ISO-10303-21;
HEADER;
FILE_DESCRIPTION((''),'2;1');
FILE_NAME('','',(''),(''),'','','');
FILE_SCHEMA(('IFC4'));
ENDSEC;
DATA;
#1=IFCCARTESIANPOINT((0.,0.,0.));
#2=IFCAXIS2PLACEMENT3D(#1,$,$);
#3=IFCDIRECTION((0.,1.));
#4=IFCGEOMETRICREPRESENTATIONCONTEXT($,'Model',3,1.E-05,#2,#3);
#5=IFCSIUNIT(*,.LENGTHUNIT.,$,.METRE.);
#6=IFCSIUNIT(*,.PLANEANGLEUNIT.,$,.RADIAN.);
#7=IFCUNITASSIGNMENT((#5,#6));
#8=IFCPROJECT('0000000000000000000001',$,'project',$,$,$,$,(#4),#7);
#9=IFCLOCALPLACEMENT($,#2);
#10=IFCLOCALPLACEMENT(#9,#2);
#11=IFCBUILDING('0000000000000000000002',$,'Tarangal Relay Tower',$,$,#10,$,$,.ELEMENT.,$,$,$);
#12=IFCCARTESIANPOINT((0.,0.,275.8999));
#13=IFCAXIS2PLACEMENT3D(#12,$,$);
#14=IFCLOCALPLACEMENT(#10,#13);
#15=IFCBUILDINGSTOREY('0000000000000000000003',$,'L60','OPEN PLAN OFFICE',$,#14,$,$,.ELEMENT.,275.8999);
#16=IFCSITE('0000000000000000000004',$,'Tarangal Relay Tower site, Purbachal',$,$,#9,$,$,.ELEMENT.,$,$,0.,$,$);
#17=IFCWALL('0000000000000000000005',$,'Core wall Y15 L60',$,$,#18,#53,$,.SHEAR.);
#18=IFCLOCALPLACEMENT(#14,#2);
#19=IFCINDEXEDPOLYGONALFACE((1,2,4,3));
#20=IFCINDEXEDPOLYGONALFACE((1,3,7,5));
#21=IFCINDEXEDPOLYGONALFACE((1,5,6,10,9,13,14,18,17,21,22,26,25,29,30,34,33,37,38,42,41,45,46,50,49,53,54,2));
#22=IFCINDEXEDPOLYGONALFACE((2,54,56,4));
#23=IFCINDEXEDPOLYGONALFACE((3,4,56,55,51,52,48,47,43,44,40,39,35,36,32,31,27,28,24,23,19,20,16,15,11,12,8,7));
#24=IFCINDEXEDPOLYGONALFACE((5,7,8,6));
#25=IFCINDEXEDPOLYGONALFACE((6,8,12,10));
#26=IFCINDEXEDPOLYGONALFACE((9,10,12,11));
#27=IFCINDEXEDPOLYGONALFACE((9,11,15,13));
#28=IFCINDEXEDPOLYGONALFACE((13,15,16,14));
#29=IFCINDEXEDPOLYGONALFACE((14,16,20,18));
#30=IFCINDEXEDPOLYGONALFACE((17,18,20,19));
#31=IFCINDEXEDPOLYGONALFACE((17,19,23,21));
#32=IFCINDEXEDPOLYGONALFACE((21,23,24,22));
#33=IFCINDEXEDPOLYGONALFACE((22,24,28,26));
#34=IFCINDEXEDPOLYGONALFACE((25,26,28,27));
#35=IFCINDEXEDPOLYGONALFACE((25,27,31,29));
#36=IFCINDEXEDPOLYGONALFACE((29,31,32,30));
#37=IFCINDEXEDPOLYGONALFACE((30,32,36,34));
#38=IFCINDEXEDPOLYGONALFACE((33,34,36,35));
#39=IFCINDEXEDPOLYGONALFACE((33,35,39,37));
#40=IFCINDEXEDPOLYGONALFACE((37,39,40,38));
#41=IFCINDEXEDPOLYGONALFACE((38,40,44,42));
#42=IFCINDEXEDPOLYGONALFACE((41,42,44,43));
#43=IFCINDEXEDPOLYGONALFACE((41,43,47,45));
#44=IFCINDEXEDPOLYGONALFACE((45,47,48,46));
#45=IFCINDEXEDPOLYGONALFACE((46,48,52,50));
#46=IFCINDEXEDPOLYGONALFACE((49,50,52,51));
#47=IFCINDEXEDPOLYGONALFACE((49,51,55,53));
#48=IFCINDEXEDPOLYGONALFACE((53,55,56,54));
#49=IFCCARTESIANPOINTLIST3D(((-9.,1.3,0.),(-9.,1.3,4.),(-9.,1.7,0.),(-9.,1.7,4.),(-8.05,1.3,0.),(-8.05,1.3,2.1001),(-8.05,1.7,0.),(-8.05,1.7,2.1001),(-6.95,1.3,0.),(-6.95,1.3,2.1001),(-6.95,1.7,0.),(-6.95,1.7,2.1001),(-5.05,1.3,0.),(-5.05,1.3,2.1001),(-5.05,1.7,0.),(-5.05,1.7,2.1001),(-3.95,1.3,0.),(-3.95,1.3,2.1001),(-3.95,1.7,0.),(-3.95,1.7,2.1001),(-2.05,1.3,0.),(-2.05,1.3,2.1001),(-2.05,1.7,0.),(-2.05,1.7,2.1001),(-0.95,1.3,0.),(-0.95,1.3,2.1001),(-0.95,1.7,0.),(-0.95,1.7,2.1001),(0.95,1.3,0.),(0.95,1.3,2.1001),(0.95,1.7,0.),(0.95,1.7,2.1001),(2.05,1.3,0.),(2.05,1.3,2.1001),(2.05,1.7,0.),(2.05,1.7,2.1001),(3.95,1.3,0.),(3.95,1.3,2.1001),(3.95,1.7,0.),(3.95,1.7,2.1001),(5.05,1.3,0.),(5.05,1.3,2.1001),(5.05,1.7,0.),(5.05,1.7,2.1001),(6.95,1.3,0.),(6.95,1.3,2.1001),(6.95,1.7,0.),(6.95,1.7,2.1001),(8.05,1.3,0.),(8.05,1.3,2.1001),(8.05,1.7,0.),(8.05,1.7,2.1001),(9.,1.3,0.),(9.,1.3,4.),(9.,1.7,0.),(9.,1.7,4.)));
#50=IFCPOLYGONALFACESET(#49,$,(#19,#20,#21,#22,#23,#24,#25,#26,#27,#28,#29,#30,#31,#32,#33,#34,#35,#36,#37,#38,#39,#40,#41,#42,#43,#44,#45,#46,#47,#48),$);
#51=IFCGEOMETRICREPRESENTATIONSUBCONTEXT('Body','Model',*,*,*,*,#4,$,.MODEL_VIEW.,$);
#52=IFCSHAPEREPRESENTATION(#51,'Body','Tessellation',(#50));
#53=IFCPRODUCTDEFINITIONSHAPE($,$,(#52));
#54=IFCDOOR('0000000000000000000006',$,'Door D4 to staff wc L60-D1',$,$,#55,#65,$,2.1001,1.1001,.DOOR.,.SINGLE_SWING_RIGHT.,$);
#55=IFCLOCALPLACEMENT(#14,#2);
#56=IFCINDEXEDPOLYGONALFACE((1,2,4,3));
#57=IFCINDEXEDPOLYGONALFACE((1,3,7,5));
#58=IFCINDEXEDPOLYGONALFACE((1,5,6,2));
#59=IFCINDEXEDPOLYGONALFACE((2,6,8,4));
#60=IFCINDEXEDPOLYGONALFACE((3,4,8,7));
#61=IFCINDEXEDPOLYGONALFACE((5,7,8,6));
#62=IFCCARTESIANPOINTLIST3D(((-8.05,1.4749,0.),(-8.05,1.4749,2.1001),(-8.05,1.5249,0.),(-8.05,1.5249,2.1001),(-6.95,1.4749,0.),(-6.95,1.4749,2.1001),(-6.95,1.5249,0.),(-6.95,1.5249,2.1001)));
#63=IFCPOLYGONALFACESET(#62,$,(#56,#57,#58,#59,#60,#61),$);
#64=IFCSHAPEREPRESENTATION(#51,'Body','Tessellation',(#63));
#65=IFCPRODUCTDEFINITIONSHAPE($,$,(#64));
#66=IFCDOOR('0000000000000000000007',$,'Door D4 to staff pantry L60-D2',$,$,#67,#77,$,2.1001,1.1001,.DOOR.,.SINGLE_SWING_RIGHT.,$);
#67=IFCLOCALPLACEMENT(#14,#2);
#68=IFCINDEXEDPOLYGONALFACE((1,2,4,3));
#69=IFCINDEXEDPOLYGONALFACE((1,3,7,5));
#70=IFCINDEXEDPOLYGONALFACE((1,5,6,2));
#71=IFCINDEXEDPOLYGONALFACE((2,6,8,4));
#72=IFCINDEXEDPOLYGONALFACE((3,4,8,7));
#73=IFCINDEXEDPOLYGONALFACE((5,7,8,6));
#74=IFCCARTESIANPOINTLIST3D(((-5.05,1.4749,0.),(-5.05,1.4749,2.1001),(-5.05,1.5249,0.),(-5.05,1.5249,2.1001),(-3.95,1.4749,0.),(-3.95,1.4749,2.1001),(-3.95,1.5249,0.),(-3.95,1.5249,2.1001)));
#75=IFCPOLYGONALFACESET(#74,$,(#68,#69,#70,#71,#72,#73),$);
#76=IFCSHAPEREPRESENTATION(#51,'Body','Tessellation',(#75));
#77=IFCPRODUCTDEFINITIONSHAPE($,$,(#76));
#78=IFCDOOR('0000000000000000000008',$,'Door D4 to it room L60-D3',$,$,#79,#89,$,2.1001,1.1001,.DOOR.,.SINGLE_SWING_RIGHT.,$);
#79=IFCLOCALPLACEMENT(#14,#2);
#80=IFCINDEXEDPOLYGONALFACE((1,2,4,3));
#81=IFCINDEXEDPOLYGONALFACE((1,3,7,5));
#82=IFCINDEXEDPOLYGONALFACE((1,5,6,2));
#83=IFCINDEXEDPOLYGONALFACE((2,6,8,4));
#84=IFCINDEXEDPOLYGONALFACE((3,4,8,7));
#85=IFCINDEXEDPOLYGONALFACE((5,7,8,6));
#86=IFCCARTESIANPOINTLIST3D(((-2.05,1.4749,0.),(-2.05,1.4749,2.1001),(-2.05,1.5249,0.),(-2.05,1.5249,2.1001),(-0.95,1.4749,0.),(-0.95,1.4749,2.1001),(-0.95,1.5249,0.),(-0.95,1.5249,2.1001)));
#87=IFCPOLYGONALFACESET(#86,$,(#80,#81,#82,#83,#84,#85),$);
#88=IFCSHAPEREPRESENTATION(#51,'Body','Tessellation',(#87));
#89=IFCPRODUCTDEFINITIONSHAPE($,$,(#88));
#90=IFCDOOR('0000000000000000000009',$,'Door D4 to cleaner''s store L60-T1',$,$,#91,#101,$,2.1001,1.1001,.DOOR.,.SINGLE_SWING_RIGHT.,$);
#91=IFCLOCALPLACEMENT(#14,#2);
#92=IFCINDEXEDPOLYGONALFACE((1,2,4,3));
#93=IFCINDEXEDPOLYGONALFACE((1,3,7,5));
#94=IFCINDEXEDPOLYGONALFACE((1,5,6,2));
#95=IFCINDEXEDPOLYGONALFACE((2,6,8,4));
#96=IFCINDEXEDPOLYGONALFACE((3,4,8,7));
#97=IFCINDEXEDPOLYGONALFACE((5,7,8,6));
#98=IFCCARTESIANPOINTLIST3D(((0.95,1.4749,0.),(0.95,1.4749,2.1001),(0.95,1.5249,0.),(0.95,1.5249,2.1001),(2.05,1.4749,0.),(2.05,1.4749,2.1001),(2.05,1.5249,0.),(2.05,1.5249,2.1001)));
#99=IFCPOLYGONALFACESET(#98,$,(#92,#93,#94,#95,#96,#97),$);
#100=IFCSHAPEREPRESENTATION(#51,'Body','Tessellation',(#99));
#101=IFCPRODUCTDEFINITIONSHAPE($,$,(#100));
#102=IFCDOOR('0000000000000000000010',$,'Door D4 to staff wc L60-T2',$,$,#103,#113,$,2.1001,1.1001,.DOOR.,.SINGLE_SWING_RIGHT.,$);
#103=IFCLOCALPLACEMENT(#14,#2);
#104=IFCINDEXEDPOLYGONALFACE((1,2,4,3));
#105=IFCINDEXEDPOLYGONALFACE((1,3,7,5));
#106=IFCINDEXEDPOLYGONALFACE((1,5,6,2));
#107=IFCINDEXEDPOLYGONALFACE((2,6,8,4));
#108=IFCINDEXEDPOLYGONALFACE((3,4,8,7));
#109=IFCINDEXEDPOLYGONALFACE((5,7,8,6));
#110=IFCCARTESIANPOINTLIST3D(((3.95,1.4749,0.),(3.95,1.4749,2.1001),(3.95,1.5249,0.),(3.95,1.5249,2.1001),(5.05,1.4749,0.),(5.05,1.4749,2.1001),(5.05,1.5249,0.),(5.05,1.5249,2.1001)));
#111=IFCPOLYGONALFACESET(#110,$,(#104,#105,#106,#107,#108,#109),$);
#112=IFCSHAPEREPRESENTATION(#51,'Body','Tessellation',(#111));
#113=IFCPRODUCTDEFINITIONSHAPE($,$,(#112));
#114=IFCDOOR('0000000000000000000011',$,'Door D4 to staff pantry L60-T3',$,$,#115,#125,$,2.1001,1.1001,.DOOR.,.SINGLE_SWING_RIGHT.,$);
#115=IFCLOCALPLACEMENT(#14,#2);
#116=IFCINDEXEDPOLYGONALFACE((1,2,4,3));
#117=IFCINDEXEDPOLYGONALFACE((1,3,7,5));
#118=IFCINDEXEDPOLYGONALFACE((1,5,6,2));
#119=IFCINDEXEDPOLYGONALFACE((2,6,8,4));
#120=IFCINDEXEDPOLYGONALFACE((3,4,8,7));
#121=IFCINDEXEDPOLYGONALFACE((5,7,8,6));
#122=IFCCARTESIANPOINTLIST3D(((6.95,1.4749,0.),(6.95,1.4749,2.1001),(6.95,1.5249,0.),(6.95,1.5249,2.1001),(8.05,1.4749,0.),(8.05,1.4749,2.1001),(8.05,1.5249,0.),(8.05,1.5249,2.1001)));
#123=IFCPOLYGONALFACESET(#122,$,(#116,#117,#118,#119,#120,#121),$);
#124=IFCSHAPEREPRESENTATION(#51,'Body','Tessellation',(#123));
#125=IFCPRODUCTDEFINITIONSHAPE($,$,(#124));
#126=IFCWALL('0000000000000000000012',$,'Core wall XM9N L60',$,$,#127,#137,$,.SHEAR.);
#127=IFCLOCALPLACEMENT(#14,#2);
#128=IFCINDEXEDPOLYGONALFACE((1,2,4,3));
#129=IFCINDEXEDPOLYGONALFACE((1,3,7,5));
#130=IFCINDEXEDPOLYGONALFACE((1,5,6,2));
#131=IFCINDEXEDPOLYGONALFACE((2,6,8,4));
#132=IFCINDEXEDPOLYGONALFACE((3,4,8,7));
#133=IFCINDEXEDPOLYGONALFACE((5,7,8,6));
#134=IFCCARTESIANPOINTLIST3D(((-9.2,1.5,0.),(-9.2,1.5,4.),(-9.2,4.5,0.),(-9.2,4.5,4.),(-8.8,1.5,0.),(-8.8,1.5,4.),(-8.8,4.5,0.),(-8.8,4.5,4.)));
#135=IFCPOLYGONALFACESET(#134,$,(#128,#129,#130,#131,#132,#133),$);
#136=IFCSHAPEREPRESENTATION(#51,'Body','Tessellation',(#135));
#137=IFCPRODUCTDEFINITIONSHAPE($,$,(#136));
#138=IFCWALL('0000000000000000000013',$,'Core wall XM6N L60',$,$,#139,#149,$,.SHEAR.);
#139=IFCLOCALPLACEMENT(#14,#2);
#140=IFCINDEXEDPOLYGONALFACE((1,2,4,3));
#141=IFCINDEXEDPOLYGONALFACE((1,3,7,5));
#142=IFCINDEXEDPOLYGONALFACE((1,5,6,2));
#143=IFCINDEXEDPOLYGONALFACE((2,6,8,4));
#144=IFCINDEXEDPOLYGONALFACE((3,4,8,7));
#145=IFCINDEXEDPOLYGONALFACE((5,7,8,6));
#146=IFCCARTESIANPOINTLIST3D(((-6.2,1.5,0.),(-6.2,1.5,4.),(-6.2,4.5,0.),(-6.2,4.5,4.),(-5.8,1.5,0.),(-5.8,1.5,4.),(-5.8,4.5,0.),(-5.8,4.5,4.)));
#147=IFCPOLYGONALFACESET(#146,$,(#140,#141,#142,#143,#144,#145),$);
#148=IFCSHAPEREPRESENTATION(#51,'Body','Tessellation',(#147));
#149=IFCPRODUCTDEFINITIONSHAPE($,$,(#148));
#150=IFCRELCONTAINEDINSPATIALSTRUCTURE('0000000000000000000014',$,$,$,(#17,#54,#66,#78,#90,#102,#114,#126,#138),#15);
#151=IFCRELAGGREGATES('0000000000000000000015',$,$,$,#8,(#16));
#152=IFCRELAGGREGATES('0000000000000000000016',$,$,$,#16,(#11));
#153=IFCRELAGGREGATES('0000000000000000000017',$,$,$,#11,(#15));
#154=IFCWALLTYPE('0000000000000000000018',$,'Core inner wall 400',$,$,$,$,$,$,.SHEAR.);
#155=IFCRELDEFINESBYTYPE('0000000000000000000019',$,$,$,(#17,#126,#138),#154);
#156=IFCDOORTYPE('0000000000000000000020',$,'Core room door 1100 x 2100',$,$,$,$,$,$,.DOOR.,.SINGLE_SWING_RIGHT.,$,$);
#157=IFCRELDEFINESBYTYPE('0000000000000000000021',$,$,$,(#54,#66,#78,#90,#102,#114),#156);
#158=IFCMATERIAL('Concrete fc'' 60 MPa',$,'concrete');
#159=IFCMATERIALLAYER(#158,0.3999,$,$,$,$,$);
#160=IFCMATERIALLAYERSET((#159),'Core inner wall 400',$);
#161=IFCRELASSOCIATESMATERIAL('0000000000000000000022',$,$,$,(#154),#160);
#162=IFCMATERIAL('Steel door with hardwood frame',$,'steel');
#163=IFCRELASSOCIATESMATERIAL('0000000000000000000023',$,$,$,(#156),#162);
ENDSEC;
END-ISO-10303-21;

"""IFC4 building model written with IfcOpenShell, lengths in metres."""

from ifc_helpers import new_model, si_unit, direction, frame, frame_2d, origin, place, context, subcontext, project, spatial, rectangle, extrude, material, layer, layer_set, type_object, element, fill, save


model = new_model("IFC4")

# Units and contexts
model_context = context("Model", 3, precision=1e-05, world=origin(), true_north=direction((0.0, 1.0)))
body_context = subcontext(model_context, "Body", "Model", "MODEL_VIEW")
ifc_project = project(units=[si_unit("LENGTHUNIT", "METRE"), si_unit("PLANEANGLEUNIT", "RADIAN")], contexts=[model_context])

# Site, building, storey
site_placement = place(None, origin())
site = spatial("IfcSite", under=ifc_project, at=site_placement, Name="Tarangal Relay Tower site, Purbachal", CompositionType="ELEMENT", RefElevation=0.0)
building_placement = place(site_placement, origin())
building = spatial("IfcBuilding", under=site, at=building_placement, Name="Tarangal Relay Tower", CompositionType="ELEMENT")
storey_placement = place(building_placement, frame((0.0, 0.0, 275.8999)))
storey = spatial("IfcBuildingStorey", under=building, at=storey_placement, Name="L60", Description="OPEN PLAN OFFICE", CompositionType="ELEMENT", Elevation=275.8999)

# Wall, openings, doors
ifc_material_1 = material(Name="Concrete fc' 60 MPa", Category="concrete")
ifc_layer = layer(ifc_material_1, 0.3999)
ifc_layer_set = layer_set([ifc_layer], Name="Core inner wall 400")
wall_type = type_object("IfcWallType", Name="Core inner wall 400", PredefinedType="SHEAR", material=ifc_layer_set)
wall_1_placement = place(storey_placement, frame((-9.0, 1.5, 0.0), z_axis=(0.0, 0.0, 1.0), x_axis=(1.0, 0.0, 0.0)))
wall_1 = element("IfcWall", 1, at=wall_1_placement, inside=storey, type_object=wall_type, Name="Core wall Y15 L60", PredefinedType="SHEAR", context=body_context, shape_type="SweptSolid", body=[
    extrude(rectangle(XDim=18.0, YDim=0.3999, at=frame_2d((9.0, 0.0))), origin(), (0.0, 0.0, 1.0), 4.0),
])
opening_1_placement = place(wall_1_placement, frame((0.95, 0.0, 0.0)))
opening_1 = element("IfcOpeningElement", 2, at=opening_1_placement, cuts=wall_1, PredefinedType="OPENING", context=body_context, shape_type="SweptSolid", body=[
    extrude(rectangle(XDim=1.1001, YDim=2.1001, at=frame_2d((0.55, 1.05))), frame((0.0, 0.21, 0.0), z_axis=(0.0, -1.0, 0.0), x_axis=(1.0, 0.0, 0.0)), (0.0, 0.0, 1.0), 0.4199),
])
opening_2_placement = place(wall_1_placement, frame((3.95, 0.0, 0.0)))
opening_2 = element("IfcOpeningElement", 3, at=opening_2_placement, cuts=wall_1, PredefinedType="OPENING", context=body_context, shape_type="SweptSolid", body=[
    extrude(rectangle(XDim=1.1001, YDim=2.1001, at=frame_2d((0.55, 1.05))), frame((0.0, 0.21, 0.0), z_axis=(0.0, -1.0, 0.0), x_axis=(1.0, 0.0, 0.0)), (0.0, 0.0, 1.0), 0.4199),
])
opening_3_placement = place(wall_1_placement, frame((6.95, 0.0, 0.0)))
opening_3 = element("IfcOpeningElement", 4, at=opening_3_placement, cuts=wall_1, PredefinedType="OPENING", context=body_context, shape_type="SweptSolid", body=[
    extrude(rectangle(XDim=1.1001, YDim=2.1001, at=frame_2d((0.55, 1.05))), frame((0.0, 0.21, 0.0), z_axis=(0.0, -1.0, 0.0), x_axis=(1.0, 0.0, 0.0)), (0.0, 0.0, 1.0), 0.4199),
])
opening_4_placement = place(wall_1_placement, frame((9.95, 0.0, 0.0)))
opening_4 = element("IfcOpeningElement", 5, at=opening_4_placement, cuts=wall_1, PredefinedType="OPENING", context=body_context, shape_type="SweptSolid", body=[
    extrude(rectangle(XDim=1.1001, YDim=2.1001, at=frame_2d((0.55, 1.05))), frame((0.0, 0.21, 0.0), z_axis=(0.0, -1.0, 0.0), x_axis=(1.0, 0.0, 0.0)), (0.0, 0.0, 1.0), 0.4199),
])
opening_5_placement = place(wall_1_placement, frame((12.95, 0.0, 0.0)))
opening_5 = element("IfcOpeningElement", 6, at=opening_5_placement, cuts=wall_1, PredefinedType="OPENING", context=body_context, shape_type="SweptSolid", body=[
    extrude(rectangle(XDim=1.1001, YDim=2.1001, at=frame_2d((0.55, 1.05))), frame((0.0, 0.21, 0.0), z_axis=(0.0, -1.0, 0.0), x_axis=(1.0, 0.0, 0.0)), (0.0, 0.0, 1.0), 0.4199),
])
opening_6_placement = place(wall_1_placement, frame((15.95, 0.0, 0.0)))
opening_6 = element("IfcOpeningElement", 7, at=opening_6_placement, cuts=wall_1, PredefinedType="OPENING", context=body_context, shape_type="SweptSolid", body=[
    extrude(rectangle(XDim=1.1001, YDim=2.1001, at=frame_2d((0.55, 1.05))), frame((0.0, 0.21, 0.0), z_axis=(0.0, -1.0, 0.0), x_axis=(1.0, 0.0, 0.0)), (0.0, 0.0, 1.0), 0.4199),
])
ifc_material_2 = material(Name="Steel door with hardwood frame", Category="steel")
door_type_1 = type_object("IfcDoorType", Name="Core room door 1100 x 2100", OperationType="SINGLE_SWING_RIGHT", PredefinedType="DOOR", material=ifc_material_2)
door_1_placement = place(opening_1_placement, origin())
door_1 = element("IfcDoor", 8, at=door_1_placement, inside=storey, type_object=door_type_1, Name="Door D4 to staff wc L60-D1", OperationType="SINGLE_SWING_RIGHT", OverallHeight=2.1001, OverallWidth=1.1001, PredefinedType="DOOR", context=body_context, shape_type="SweptSolid", body=[
    extrude(rectangle(XDim=1.1001, YDim=2.1001, at=frame_2d((0.55, 1.05))), frame((0.0, 0.0249, 0.0), z_axis=(0.0, -1.0, 0.0), x_axis=(1.0, 0.0, 0.0)), (0.0, 0.0, 1.0), 0.05),
])
fill(opening_1, door_1)
door_2_placement = place(opening_2_placement, origin())
door_2 = element("IfcDoor", 9, at=door_2_placement, inside=storey, type_object=door_type_1, Name="Door D4 to staff pantry L60-D2", OperationType="SINGLE_SWING_RIGHT", OverallHeight=2.1001, OverallWidth=1.1001, PredefinedType="DOOR", context=body_context, shape_type="SweptSolid", body=[
    extrude(rectangle(XDim=1.1001, YDim=2.1001, at=frame_2d((0.55, 1.05))), frame((0.0, 0.0249, 0.0), z_axis=(0.0, -1.0, 0.0), x_axis=(1.0, 0.0, 0.0)), (0.0, 0.0, 1.0), 0.05),
])
fill(opening_2, door_2)
door_3_placement = place(opening_3_placement, origin())
door_3 = element("IfcDoor", 10, at=door_3_placement, inside=storey, type_object=door_type_1, Name="Door D4 to it room L60-D3", OperationType="SINGLE_SWING_RIGHT", OverallHeight=2.1001, OverallWidth=1.1001, PredefinedType="DOOR", context=body_context, shape_type="SweptSolid", body=[
    extrude(rectangle(XDim=1.1001, YDim=2.1001, at=frame_2d((0.55, 1.05))), frame((0.0, 0.0249, 0.0), z_axis=(0.0, -1.0, 0.0), x_axis=(1.0, 0.0, 0.0)), (0.0, 0.0, 1.0), 0.05),
])
fill(opening_3, door_3)
door_4_placement = place(opening_4_placement, origin())
door_4 = element("IfcDoor", 11, at=door_4_placement, inside=storey, type_object=door_type_1, Name="Door D4 to cleaner's store L60-T1", OperationType="SINGLE_SWING_RIGHT", OverallHeight=2.1001, OverallWidth=1.1001, PredefinedType="DOOR", context=body_context, shape_type="SweptSolid", body=[
    extrude(rectangle(XDim=1.1001, YDim=2.1001, at=frame_2d((0.55, 1.05))), frame((0.0, 0.0249, 0.0), z_axis=(0.0, -1.0, 0.0), x_axis=(1.0, 0.0, 0.0)), (0.0, 0.0, 1.0), 0.05),
])
fill(opening_4, door_4)
door_5_placement = place(opening_5_placement, origin())
door_5 = element("IfcDoor", 12, at=door_5_placement, inside=storey, type_object=door_type_1, Name="Door D4 to staff wc L60-T2", OperationType="SINGLE_SWING_RIGHT", OverallHeight=2.1001, OverallWidth=1.1001, PredefinedType="DOOR", context=body_context, shape_type="SweptSolid", body=[
    extrude(rectangle(XDim=1.1001, YDim=2.1001, at=frame_2d((0.55, 1.05))), frame((0.0, 0.0249, 0.0), z_axis=(0.0, -1.0, 0.0), x_axis=(1.0, 0.0, 0.0)), (0.0, 0.0, 1.0), 0.05),
])
fill(opening_5, door_5)
door_6_placement = place(opening_6_placement, origin())
door_6 = element("IfcDoor", 13, at=door_6_placement, inside=storey, type_object=door_type_1, Name="Door D4 to staff pantry L60-T3", OperationType="SINGLE_SWING_RIGHT", OverallHeight=2.1001, OverallWidth=1.1001, PredefinedType="DOOR", context=body_context, shape_type="SweptSolid", body=[
    extrude(rectangle(XDim=1.1001, YDim=2.1001, at=frame_2d((0.55, 1.05))), frame((0.0, 0.0249, 0.0), z_axis=(0.0, -1.0, 0.0), x_axis=(1.0, 0.0, 0.0)), (0.0, 0.0, 1.0), 0.05),
])
fill(opening_6, door_6)

# Walls
for number, where, z_axis, x_axis, name in (
    (14, (-9.0, 1.5, 0.0), (0.0, 0.0, 1.0), (0.0, 1.0, 0.0), "Core wall XM9N L60"),
    (15, (-6.0, 1.5, 0.0), (0.0, 0.0, 1.0), (0.0, 1.0, 0.0), "Core wall XM6N L60"),
):
    element("IfcWall", number, at=place(storey_placement, frame(where, z_axis=z_axis, x_axis=x_axis)), inside=storey, type_object=wall_type, Name=name, PredefinedType="SHEAR", context=body_context, shape_type="SweptSolid", body=[
        extrude(rectangle(XDim=3.0, YDim=0.3999, at=frame_2d((1.5, 0.0))), origin(), (0.0, 0.0, 1.0), 4.0),
    ])

save(model, "model.ifc")
